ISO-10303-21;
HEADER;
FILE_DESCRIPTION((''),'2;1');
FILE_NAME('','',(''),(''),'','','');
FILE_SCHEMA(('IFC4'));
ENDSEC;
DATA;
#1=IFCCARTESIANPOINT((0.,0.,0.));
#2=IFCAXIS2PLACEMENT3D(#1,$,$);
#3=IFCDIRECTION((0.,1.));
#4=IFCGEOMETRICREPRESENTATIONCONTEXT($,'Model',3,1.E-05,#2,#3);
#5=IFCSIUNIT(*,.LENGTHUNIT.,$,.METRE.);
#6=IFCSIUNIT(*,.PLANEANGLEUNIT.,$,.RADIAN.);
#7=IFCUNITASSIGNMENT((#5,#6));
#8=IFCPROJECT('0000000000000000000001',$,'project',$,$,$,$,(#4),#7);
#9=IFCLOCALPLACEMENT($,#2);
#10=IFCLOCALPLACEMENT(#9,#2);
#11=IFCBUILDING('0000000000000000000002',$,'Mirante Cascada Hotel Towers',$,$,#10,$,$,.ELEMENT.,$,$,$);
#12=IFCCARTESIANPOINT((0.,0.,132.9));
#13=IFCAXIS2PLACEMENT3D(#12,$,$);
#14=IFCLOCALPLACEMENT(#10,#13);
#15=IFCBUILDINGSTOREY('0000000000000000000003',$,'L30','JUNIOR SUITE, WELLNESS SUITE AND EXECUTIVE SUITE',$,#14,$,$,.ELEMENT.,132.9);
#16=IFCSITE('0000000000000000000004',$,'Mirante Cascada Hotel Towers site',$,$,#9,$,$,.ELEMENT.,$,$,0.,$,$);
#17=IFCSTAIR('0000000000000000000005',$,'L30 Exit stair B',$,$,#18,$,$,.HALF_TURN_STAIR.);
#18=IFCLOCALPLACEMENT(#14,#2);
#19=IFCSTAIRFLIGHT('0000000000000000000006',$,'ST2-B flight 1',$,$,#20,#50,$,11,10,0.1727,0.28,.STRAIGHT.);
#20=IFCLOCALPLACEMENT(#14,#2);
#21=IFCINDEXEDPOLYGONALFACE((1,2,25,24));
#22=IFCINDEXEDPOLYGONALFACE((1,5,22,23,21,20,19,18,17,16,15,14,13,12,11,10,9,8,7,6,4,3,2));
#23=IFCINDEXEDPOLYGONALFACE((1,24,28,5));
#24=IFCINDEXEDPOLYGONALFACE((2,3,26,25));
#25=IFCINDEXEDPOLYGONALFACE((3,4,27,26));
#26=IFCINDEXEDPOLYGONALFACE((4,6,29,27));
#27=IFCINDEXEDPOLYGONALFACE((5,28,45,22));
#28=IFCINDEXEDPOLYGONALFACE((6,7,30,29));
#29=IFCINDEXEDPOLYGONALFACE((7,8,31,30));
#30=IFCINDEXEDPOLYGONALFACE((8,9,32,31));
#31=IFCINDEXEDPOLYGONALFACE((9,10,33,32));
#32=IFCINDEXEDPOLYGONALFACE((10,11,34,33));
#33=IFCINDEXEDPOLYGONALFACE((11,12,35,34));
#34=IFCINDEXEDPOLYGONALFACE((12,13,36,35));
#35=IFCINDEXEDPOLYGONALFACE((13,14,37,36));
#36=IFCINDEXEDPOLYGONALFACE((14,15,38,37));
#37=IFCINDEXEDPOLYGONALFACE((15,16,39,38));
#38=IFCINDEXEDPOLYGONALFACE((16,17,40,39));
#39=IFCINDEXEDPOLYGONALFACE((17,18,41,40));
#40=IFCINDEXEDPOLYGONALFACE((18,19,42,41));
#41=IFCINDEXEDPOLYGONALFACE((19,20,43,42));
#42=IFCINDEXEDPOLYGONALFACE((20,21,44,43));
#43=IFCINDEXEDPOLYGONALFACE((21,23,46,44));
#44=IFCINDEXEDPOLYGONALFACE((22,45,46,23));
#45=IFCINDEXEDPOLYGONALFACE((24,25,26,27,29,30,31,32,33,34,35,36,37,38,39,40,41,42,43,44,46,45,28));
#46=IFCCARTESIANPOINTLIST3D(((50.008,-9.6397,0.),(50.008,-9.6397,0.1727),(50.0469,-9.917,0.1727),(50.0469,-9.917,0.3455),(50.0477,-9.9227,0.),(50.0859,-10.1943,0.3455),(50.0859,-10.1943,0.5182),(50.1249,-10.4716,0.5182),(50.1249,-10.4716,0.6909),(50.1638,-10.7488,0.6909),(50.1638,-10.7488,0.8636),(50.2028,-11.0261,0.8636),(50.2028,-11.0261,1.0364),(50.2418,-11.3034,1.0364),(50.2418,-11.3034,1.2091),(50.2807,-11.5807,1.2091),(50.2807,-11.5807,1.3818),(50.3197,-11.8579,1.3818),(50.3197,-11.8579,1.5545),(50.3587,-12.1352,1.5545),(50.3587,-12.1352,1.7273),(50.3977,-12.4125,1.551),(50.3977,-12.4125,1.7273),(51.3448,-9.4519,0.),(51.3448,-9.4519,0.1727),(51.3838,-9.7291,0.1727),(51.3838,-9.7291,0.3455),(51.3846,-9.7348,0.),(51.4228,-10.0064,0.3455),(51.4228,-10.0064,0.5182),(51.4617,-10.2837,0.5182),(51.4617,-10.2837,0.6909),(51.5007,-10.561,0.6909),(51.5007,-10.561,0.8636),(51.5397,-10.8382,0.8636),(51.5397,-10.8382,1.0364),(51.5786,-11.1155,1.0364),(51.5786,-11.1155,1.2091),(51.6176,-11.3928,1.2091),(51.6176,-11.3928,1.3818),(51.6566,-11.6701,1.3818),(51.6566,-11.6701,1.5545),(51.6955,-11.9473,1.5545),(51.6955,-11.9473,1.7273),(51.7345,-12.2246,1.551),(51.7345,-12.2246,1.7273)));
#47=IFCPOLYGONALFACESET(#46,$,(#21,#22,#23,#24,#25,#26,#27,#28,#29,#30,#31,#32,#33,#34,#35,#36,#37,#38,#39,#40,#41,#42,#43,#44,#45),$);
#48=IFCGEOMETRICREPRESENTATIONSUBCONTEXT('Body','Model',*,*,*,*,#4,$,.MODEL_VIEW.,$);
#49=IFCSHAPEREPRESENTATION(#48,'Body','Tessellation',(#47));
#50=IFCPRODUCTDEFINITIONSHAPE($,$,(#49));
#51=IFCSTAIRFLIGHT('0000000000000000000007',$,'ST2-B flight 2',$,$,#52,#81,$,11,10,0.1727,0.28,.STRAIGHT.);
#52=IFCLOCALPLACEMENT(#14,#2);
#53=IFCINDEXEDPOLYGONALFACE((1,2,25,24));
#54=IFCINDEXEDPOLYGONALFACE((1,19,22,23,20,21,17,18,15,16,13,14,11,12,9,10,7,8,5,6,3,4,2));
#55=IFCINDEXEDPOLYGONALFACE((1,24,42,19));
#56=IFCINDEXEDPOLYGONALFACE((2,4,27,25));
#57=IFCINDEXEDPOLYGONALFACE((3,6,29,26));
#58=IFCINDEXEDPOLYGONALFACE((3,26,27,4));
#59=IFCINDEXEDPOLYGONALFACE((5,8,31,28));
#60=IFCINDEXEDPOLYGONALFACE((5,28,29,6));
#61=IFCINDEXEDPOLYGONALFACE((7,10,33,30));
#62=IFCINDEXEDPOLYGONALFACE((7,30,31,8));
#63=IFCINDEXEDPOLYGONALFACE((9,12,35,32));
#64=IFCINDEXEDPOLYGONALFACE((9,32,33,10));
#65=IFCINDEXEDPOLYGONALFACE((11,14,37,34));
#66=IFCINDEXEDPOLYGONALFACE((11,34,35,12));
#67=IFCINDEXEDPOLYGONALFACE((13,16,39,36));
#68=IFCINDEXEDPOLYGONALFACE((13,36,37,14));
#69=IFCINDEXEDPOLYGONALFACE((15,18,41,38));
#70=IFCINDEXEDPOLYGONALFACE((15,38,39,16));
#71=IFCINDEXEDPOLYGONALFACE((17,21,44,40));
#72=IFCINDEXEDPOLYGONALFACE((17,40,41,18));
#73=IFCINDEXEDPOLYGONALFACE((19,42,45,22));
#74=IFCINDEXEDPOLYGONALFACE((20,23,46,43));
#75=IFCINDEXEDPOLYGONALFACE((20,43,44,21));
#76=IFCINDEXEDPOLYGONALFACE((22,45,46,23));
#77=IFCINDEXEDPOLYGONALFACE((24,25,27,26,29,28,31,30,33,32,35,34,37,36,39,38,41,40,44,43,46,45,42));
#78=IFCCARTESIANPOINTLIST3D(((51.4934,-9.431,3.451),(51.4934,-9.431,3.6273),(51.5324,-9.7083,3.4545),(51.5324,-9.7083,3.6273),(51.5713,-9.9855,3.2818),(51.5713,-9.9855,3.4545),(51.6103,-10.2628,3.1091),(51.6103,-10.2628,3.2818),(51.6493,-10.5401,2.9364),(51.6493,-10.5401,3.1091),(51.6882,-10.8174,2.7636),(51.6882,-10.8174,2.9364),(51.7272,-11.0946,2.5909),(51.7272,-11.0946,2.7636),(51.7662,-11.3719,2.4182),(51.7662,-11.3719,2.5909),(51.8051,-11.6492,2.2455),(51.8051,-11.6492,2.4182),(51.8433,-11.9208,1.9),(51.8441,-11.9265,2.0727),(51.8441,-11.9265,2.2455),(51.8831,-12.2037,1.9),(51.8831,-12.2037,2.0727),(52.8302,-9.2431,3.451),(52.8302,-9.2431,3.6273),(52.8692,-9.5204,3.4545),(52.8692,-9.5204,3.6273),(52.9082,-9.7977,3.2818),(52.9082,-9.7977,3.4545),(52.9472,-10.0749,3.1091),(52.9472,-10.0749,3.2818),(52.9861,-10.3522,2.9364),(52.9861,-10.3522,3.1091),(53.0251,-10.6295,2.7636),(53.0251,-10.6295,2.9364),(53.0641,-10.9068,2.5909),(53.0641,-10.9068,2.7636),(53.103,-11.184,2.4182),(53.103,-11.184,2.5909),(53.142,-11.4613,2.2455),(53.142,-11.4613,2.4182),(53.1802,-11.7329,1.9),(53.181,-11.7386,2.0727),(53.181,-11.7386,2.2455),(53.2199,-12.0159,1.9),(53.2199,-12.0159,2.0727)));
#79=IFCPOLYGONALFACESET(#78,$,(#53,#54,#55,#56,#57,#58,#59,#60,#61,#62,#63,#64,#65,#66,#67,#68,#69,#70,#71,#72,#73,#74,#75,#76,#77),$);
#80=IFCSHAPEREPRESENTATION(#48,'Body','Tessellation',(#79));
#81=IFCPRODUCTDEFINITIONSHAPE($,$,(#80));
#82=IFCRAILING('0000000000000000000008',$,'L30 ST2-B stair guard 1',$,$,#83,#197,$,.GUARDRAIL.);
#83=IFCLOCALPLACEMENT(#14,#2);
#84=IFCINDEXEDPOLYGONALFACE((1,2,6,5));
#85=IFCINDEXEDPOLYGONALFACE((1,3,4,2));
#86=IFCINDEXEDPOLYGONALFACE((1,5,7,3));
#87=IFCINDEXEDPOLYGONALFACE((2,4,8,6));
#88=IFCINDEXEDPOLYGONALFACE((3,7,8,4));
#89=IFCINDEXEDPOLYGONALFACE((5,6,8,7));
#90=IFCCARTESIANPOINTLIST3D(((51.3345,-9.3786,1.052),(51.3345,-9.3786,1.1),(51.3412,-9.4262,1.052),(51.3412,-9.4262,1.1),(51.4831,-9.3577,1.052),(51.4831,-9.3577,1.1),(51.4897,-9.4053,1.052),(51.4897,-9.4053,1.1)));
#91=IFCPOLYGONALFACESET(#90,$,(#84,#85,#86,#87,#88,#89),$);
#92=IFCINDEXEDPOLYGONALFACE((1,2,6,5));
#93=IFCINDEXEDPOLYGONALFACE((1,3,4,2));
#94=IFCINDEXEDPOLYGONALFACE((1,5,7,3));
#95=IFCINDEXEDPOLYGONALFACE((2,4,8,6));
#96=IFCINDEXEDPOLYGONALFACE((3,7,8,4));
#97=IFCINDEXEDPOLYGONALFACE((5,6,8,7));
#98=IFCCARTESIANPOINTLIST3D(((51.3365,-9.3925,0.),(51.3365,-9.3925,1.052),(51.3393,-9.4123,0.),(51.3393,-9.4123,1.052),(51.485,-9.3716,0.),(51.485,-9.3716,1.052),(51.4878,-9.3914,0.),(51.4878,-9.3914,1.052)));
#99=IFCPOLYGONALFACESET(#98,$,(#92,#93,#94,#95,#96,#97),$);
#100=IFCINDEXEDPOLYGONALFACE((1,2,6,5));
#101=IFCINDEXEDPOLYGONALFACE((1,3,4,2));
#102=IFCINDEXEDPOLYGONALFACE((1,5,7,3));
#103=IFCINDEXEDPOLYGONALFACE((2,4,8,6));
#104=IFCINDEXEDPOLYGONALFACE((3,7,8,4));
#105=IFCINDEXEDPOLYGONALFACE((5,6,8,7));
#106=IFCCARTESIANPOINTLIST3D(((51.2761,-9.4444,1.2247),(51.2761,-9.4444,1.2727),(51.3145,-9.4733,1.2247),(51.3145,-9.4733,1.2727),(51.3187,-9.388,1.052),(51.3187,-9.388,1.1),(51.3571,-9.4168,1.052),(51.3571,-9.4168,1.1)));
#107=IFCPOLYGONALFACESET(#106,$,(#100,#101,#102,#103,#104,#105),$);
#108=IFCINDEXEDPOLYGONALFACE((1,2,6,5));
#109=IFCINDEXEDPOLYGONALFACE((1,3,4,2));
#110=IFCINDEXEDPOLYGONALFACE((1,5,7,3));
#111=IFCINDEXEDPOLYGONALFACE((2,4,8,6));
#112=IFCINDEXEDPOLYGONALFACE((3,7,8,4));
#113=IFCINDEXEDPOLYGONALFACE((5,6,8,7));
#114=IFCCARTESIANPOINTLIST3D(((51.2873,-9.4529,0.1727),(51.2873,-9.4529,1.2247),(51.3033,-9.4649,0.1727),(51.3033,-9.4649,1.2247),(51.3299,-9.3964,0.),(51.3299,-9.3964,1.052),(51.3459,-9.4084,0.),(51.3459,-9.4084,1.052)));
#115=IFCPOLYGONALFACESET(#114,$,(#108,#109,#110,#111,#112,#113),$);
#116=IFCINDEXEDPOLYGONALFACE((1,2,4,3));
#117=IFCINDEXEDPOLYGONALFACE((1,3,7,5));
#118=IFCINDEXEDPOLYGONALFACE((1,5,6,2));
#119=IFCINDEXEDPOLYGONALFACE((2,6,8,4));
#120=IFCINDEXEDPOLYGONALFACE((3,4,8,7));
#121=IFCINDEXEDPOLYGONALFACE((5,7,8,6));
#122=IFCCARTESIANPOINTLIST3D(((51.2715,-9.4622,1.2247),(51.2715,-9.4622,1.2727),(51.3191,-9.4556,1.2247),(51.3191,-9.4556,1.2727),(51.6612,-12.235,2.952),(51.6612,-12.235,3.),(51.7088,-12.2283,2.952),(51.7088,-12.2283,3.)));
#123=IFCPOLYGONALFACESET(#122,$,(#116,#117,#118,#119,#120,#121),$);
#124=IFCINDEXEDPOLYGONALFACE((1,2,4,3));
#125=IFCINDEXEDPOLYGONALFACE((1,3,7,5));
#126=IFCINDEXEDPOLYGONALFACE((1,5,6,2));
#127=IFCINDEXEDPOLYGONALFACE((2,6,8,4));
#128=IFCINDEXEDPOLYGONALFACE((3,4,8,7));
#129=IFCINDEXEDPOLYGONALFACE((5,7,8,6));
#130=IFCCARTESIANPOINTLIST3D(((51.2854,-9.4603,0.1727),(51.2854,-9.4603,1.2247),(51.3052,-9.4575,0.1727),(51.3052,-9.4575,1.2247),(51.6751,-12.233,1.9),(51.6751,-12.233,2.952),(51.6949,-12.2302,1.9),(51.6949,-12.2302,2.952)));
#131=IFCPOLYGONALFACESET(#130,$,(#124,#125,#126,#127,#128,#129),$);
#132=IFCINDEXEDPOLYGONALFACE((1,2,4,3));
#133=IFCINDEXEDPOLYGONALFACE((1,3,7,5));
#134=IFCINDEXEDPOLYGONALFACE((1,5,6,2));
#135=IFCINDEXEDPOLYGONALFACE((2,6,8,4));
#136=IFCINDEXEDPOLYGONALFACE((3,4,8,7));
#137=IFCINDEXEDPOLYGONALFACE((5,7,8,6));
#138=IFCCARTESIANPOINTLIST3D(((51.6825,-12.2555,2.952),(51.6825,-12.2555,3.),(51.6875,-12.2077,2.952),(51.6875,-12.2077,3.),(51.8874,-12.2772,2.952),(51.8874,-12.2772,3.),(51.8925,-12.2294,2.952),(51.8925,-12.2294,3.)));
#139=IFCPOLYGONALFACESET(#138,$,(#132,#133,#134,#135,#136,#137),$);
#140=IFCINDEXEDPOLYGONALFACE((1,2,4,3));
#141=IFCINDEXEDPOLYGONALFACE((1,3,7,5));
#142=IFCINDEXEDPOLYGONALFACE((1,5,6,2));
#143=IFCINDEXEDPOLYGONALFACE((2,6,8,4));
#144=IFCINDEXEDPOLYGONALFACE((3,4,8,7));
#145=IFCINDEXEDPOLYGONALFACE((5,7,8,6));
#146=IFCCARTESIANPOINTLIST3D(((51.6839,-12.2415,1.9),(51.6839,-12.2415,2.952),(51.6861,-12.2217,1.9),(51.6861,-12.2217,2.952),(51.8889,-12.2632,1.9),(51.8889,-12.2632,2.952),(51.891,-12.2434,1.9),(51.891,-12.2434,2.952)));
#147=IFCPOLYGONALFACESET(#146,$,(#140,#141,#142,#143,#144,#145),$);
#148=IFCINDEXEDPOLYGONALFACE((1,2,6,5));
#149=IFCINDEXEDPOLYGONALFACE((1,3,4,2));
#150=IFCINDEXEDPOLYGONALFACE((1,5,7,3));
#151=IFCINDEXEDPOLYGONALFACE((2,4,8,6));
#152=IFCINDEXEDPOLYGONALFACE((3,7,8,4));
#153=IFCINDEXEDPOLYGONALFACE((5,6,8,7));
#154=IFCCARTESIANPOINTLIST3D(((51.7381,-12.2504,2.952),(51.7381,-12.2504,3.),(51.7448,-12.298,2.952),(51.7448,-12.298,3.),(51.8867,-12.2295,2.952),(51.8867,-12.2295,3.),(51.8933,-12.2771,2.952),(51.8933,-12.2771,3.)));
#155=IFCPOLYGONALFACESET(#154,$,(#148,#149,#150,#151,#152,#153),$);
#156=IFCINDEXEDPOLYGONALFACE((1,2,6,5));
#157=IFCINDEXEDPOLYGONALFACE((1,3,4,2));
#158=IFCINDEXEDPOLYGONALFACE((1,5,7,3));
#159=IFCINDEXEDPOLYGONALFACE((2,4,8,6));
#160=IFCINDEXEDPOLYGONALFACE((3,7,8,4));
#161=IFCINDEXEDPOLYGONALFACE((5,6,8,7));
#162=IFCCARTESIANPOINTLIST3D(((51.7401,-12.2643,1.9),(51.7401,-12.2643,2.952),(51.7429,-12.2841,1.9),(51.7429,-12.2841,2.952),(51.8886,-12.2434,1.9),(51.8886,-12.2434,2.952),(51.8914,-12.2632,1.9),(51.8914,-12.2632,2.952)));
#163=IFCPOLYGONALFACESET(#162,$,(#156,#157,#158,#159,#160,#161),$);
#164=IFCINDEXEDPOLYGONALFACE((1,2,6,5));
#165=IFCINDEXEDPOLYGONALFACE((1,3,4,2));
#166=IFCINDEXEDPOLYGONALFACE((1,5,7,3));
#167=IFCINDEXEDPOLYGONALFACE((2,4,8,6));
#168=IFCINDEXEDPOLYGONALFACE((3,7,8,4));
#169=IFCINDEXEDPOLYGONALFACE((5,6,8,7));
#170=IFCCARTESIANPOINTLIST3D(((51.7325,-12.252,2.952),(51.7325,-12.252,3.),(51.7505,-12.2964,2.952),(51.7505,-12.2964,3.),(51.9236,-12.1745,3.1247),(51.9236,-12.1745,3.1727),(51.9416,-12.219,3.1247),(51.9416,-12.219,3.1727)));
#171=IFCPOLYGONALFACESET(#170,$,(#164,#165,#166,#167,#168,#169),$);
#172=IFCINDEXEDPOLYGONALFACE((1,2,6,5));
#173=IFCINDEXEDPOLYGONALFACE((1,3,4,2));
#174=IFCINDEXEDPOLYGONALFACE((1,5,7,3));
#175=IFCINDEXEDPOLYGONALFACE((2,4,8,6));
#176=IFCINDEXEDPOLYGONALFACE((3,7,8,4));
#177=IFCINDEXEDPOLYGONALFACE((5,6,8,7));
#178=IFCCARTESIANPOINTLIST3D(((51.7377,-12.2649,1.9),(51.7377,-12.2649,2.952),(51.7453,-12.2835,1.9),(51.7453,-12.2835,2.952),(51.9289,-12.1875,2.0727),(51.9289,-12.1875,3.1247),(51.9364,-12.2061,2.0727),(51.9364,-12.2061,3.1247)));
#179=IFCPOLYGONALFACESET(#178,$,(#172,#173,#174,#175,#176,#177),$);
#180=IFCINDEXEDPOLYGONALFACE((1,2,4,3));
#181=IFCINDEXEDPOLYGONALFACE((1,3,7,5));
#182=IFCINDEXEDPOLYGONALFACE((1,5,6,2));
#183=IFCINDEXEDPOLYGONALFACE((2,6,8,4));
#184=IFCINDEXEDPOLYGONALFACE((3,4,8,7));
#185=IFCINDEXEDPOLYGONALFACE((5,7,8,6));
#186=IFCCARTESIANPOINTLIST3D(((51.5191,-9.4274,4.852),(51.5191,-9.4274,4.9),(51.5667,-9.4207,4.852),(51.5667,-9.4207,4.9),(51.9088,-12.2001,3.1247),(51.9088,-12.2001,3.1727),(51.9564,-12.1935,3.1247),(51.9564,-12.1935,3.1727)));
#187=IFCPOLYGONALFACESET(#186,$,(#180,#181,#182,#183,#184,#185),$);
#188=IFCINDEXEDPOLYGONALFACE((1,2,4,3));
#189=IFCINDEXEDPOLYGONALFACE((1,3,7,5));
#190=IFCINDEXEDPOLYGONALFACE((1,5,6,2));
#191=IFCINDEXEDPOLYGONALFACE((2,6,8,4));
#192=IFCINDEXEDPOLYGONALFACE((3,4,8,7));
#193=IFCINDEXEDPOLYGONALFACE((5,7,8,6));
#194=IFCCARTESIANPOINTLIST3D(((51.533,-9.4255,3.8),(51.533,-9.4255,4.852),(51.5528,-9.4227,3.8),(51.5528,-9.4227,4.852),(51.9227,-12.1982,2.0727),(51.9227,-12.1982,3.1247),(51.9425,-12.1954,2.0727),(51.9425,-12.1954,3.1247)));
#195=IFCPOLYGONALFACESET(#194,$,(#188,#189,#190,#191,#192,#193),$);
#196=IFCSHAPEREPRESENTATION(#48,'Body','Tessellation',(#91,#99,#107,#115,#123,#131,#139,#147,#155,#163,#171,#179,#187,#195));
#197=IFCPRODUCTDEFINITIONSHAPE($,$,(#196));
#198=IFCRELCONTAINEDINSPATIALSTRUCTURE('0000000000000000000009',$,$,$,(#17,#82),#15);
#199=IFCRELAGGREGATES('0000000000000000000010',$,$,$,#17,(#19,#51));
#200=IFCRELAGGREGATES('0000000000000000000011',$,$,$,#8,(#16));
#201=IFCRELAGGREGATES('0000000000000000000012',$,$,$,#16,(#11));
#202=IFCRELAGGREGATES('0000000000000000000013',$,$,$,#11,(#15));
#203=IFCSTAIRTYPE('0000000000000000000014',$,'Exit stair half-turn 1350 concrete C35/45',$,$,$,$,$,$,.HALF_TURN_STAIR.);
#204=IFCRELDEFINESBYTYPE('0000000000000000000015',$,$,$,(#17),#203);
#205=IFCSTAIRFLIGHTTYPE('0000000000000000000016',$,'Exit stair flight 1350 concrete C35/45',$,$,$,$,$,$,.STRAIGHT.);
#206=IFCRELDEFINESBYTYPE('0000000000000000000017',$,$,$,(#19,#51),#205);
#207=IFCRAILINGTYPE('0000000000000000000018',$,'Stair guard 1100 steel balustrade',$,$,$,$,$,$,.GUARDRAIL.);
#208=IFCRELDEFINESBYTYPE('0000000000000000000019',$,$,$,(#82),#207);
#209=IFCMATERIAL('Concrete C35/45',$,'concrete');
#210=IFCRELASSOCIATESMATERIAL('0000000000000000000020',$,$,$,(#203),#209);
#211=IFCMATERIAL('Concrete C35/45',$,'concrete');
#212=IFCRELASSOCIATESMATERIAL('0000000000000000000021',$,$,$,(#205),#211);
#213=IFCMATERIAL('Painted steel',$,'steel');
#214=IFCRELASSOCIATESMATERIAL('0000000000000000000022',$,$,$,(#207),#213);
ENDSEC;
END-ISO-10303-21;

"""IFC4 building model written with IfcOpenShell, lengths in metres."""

from ifc_helpers import new_model, si_unit, direction, frame, origin, origin_2d, place, context, subcontext, project, spatial, polyline, rectangle, outline, extrude, material, type_object, element, aggregate, save


model = new_model("IFC4")

# Units and contexts
model_context = context("Model", 3, precision=1e-05, world=origin(), true_north=direction((0.0, 1.0)))
body_context = subcontext(model_context, "Body", "Model", "MODEL_VIEW")
ifc_project = project(units=[si_unit("LENGTHUNIT", "METRE"), si_unit("PLANEANGLEUNIT", "RADIAN")], contexts=[model_context])

# Site, building, storey
site_placement = place(None, origin())
site = spatial("IfcSite", under=ifc_project, at=site_placement, Name="Mirante Cascada Hotel Towers site", CompositionType="ELEMENT", RefElevation=0.0)
building_placement = place(site_placement, origin())
building = spatial("IfcBuilding", under=site, at=building_placement, Name="Mirante Cascada Hotel Towers", CompositionType="ELEMENT")
storey_placement = place(building_placement, frame((0.0, 0.0, 132.9)))
storey = spatial("IfcBuildingStorey", under=building, at=storey_placement, Name="L30", Description="JUNIOR SUITE, WELLNESS SUITE AND EXECUTIVE SUITE", CompositionType="ELEMENT", Elevation=132.9)

# Stair, stair flights
ifc_material_1 = material(Name="Concrete C35/45", Category="concrete")
stair_type = type_object("IfcStairType", Name="Exit stair half-turn 1350 concrete C35/45", PredefinedType="HALF_TURN_STAIR", material=ifc_material_1)
stair_placement = place(storey_placement, origin())
stair = element("IfcStair", 1, at=stair_placement, inside=storey, type_object=stair_type, Name="L30 Exit stair B", PredefinedType="HALF_TURN_STAIR")
ifc_material_2 = material(Name="Concrete C35/45", Category="concrete")
stair_flight_type = type_object("IfcStairFlightType", Name="Exit stair flight 1350 concrete C35/45", PredefinedType="STRAIGHT", material=ifc_material_2)
stair_flight_1_placement = place(storey_placement, frame((50.6764, -9.5458, 0.0), z_axis=(0.0, 0.0, 1.0), x_axis=(0.139173, -0.990268, 0.0)))
stair_flight_1 = element("IfcStairFlight", 2, at=stair_flight_1_placement, type_object=stair_flight_type, Name="ST2-B flight 1", NumberOfRisers=11, NumberOfTreads=10, PredefinedType="STRAIGHT", RiserHeight=0.1727, TreadLength=0.28, context=body_context, shape_type="SweptSolid", body=[
    extrude(outline(polyline([(0.0, 0.0), (0.0, 0.1727), (0.28, 0.1727), (0.28, 0.3455), (0.56, 0.3455), (0.56, 0.5182), (0.84, 0.5182), (0.84, 0.6909), (1.12, 0.6909), (1.12, 0.8636), (1.4, 0.8636), (1.4, 1.0364), (1.68, 1.0364), (1.68, 1.2091), (1.96, 1.2091), (1.96, 1.3818), (2.24, 1.3818), (2.24, 1.5545), (2.52, 1.5545), (2.52, 1.7273), (2.8, 1.7273), (2.8, 1.9), (2.8, 1.551), (0.2857, 0.0), (0.0, 0.0)])), frame((0.0, 0.675, 0.0), z_axis=(0.0, -1.0, 0.0), x_axis=(1.0, 0.0, 0.0)), (0.0, 0.0, 1.0), 1.35),
])
stair_flight_2_placement = place(storey_placement, frame((52.5515, -12.1098, 1.9), z_axis=(0.0, 0.0, 1.0), x_axis=(-0.139173, 0.990268, 0.0)))
stair_flight_2 = element("IfcStairFlight", 3, at=stair_flight_2_placement, type_object=stair_flight_type, Name="ST2-B flight 2", NumberOfRisers=11, NumberOfTreads=10, PredefinedType="STRAIGHT", RiserHeight=0.1727, TreadLength=0.28, context=body_context, shape_type="SweptSolid", body=[
    extrude(outline(polyline([(0.0, 0.0), (0.0, 0.1727), (0.28, 0.1727), (0.28, 0.3455), (0.56, 0.3455), (0.56, 0.5182), (0.84, 0.5182), (0.84, 0.6909), (1.12, 0.6909), (1.12, 0.8636), (1.4, 0.8636), (1.4, 1.0364), (1.68, 1.0364), (1.68, 1.2091), (1.96, 1.2091), (1.96, 1.3818), (2.24, 1.3818), (2.24, 1.5545), (2.52, 1.5545), (2.52, 1.7273), (2.8, 1.7273), (2.8, 1.9), (2.8, 1.551), (0.2857, 0.0), (0.0, 0.0)])), frame((0.0, 0.675, 0.0), z_axis=(0.0, -1.0, 0.0), x_axis=(1.0, 0.0, 0.0)), (0.0, 0.0, 1.0), 1.35),
])
aggregate(stair, [stair_flight_1, stair_flight_2])

# Railing
ifc_material_3 = material(Name="Painted steel", Category="steel")
railing_type_1 = type_object("IfcRailingType", Name="Stair guard 1100 steel balustrade", PredefinedType="GUARDRAIL", material=ifc_material_3)
railing_1_placement = place(storey_placement, frame((51.4864, -9.3815, 0.0)))
element("IfcRailing", 4, at=railing_1_placement, inside=storey, type_object=railing_type_1, Name="L30 ST2-B stair guard 1", PredefinedType="GUARDRAIL", context=body_context, shape_type="SweptSolid", body=[
    extrude(rectangle(XDim=0.048, YDim=0.048, at=origin_2d()), frame((0.0, 0.0, 1.076), z_axis=(-0.990241, -0.139367, 0.0), x_axis=(0.139367, -0.990241, 0.0)), (0.0, 0.0, 1.0), 0.15),
    extrude(rectangle(XDim=0.02, YDim=1.052, at=origin_2d()), frame((0.0, 0.0, 0.526), z_axis=(-0.990241, -0.139367, 0.0), x_axis=(0.139367, -0.990241, 0.0)), (0.0, 0.0, 1.0), 0.15),
    extrude(rectangle(XDim=0.048, YDim=0.048, at=origin_2d()), frame((-0.1485, -0.0209, 1.076), z_axis=(-0.602033, -0.798471, 0.0), x_axis=(0.798471, -0.602033, 0.0)), (0.0, 0.92534, 0.379139), 0.1866),
    extrude(rectangle(XDim=0.02, YDim=1.052, at=origin_2d()), frame((-0.1485, -0.0209, 0.526), z_axis=(-0.602033, -0.798471, 0.0), x_axis=(0.798471, -0.602033, 0.0)), (0.0, 0.92534, 0.379139), 0.1866),
    extrude(rectangle(XDim=0.048, YDim=0.048, at=origin_2d()), frame((-0.1911, -0.0774, 1.2487), z_axis=(0.139181, -0.990267, 0.0), x_axis=(0.990267, 0.139181, 0.0)), (0.0, 0.525035, 0.851081), 3.2899),
    extrude(rectangle(XDim=0.02, YDim=1.052, at=origin_2d()), frame((-0.1911, -0.0774, 0.6987), z_axis=(0.139181, -0.990267, 0.0), x_axis=(0.990267, 0.139181, 0.0)), (0.0, 0.525035, 0.851081), 3.2899),
    extrude(rectangle(XDim=0.048, YDim=0.048, at=origin_2d()), frame((0.1986, -2.8501, 2.976), z_axis=(0.994444, -0.105266, 0.0), x_axis=(0.105266, 0.994444, 0.0)), (0.0, 0.0, 1.0), 0.2061),
    extrude(rectangle(XDim=0.02, YDim=1.052, at=origin_2d()), frame((0.1986, -2.8501, 2.426), z_axis=(0.994444, -0.105266, 0.0), x_axis=(0.105266, 0.994444, 0.0)), (0.0, 0.0, 1.0), 0.2061),
    extrude(rectangle(XDim=0.048, YDim=0.048, at=origin_2d()), frame((0.4036, -2.8718, 2.976), z_axis=(-0.990241, -0.139367, 0.0), x_axis=(0.139367, -0.990241, 0.0)), (0.0, 0.0, 1.0), 0.15),
    extrude(rectangle(XDim=0.02, YDim=1.052, at=origin_2d()), frame((0.4036, -2.8718, 2.426), z_axis=(-0.990241, -0.139367, 0.0), x_axis=(0.139367, -0.990241, 0.0)), (0.0, 0.0, 1.0), 0.15),
    extrude(rectangle(XDim=0.048, YDim=0.048, at=origin_2d()), frame((0.2551, -2.8927, 2.976), z_axis=(0.926862, 0.375401, 0.0), x_axis=(-0.375401, 0.926862, 0.0)), (0.0, 0.642122, 0.766603), 0.269),
    extrude(rectangle(XDim=0.02, YDim=1.052, at=origin_2d()), frame((0.2551, -2.8927, 2.426), z_axis=(0.926862, 0.375401, 0.0), x_axis=(-0.375401, 0.926862, 0.0)), (0.0, 0.642122, 0.766603), 0.269),
    extrude(rectangle(XDim=0.048, YDim=0.048, at=origin_2d()), frame((0.4462, -2.8153, 3.1487), z_axis=(-0.139181, 0.990267, 0.0), x_axis=(-0.990267, -0.139181, 0.0)), (0.0, 0.525035, 0.851081), 3.2899),
    extrude(rectangle(XDim=0.02, YDim=1.052, at=origin_2d()), frame((0.4462, -2.8153, 2.5987), z_axis=(-0.139181, 0.990267, 0.0), x_axis=(-0.990267, -0.139181, 0.0)), (0.0, 0.525035, 0.851081), 3.2899),
])

save(model, "model.ifc")
